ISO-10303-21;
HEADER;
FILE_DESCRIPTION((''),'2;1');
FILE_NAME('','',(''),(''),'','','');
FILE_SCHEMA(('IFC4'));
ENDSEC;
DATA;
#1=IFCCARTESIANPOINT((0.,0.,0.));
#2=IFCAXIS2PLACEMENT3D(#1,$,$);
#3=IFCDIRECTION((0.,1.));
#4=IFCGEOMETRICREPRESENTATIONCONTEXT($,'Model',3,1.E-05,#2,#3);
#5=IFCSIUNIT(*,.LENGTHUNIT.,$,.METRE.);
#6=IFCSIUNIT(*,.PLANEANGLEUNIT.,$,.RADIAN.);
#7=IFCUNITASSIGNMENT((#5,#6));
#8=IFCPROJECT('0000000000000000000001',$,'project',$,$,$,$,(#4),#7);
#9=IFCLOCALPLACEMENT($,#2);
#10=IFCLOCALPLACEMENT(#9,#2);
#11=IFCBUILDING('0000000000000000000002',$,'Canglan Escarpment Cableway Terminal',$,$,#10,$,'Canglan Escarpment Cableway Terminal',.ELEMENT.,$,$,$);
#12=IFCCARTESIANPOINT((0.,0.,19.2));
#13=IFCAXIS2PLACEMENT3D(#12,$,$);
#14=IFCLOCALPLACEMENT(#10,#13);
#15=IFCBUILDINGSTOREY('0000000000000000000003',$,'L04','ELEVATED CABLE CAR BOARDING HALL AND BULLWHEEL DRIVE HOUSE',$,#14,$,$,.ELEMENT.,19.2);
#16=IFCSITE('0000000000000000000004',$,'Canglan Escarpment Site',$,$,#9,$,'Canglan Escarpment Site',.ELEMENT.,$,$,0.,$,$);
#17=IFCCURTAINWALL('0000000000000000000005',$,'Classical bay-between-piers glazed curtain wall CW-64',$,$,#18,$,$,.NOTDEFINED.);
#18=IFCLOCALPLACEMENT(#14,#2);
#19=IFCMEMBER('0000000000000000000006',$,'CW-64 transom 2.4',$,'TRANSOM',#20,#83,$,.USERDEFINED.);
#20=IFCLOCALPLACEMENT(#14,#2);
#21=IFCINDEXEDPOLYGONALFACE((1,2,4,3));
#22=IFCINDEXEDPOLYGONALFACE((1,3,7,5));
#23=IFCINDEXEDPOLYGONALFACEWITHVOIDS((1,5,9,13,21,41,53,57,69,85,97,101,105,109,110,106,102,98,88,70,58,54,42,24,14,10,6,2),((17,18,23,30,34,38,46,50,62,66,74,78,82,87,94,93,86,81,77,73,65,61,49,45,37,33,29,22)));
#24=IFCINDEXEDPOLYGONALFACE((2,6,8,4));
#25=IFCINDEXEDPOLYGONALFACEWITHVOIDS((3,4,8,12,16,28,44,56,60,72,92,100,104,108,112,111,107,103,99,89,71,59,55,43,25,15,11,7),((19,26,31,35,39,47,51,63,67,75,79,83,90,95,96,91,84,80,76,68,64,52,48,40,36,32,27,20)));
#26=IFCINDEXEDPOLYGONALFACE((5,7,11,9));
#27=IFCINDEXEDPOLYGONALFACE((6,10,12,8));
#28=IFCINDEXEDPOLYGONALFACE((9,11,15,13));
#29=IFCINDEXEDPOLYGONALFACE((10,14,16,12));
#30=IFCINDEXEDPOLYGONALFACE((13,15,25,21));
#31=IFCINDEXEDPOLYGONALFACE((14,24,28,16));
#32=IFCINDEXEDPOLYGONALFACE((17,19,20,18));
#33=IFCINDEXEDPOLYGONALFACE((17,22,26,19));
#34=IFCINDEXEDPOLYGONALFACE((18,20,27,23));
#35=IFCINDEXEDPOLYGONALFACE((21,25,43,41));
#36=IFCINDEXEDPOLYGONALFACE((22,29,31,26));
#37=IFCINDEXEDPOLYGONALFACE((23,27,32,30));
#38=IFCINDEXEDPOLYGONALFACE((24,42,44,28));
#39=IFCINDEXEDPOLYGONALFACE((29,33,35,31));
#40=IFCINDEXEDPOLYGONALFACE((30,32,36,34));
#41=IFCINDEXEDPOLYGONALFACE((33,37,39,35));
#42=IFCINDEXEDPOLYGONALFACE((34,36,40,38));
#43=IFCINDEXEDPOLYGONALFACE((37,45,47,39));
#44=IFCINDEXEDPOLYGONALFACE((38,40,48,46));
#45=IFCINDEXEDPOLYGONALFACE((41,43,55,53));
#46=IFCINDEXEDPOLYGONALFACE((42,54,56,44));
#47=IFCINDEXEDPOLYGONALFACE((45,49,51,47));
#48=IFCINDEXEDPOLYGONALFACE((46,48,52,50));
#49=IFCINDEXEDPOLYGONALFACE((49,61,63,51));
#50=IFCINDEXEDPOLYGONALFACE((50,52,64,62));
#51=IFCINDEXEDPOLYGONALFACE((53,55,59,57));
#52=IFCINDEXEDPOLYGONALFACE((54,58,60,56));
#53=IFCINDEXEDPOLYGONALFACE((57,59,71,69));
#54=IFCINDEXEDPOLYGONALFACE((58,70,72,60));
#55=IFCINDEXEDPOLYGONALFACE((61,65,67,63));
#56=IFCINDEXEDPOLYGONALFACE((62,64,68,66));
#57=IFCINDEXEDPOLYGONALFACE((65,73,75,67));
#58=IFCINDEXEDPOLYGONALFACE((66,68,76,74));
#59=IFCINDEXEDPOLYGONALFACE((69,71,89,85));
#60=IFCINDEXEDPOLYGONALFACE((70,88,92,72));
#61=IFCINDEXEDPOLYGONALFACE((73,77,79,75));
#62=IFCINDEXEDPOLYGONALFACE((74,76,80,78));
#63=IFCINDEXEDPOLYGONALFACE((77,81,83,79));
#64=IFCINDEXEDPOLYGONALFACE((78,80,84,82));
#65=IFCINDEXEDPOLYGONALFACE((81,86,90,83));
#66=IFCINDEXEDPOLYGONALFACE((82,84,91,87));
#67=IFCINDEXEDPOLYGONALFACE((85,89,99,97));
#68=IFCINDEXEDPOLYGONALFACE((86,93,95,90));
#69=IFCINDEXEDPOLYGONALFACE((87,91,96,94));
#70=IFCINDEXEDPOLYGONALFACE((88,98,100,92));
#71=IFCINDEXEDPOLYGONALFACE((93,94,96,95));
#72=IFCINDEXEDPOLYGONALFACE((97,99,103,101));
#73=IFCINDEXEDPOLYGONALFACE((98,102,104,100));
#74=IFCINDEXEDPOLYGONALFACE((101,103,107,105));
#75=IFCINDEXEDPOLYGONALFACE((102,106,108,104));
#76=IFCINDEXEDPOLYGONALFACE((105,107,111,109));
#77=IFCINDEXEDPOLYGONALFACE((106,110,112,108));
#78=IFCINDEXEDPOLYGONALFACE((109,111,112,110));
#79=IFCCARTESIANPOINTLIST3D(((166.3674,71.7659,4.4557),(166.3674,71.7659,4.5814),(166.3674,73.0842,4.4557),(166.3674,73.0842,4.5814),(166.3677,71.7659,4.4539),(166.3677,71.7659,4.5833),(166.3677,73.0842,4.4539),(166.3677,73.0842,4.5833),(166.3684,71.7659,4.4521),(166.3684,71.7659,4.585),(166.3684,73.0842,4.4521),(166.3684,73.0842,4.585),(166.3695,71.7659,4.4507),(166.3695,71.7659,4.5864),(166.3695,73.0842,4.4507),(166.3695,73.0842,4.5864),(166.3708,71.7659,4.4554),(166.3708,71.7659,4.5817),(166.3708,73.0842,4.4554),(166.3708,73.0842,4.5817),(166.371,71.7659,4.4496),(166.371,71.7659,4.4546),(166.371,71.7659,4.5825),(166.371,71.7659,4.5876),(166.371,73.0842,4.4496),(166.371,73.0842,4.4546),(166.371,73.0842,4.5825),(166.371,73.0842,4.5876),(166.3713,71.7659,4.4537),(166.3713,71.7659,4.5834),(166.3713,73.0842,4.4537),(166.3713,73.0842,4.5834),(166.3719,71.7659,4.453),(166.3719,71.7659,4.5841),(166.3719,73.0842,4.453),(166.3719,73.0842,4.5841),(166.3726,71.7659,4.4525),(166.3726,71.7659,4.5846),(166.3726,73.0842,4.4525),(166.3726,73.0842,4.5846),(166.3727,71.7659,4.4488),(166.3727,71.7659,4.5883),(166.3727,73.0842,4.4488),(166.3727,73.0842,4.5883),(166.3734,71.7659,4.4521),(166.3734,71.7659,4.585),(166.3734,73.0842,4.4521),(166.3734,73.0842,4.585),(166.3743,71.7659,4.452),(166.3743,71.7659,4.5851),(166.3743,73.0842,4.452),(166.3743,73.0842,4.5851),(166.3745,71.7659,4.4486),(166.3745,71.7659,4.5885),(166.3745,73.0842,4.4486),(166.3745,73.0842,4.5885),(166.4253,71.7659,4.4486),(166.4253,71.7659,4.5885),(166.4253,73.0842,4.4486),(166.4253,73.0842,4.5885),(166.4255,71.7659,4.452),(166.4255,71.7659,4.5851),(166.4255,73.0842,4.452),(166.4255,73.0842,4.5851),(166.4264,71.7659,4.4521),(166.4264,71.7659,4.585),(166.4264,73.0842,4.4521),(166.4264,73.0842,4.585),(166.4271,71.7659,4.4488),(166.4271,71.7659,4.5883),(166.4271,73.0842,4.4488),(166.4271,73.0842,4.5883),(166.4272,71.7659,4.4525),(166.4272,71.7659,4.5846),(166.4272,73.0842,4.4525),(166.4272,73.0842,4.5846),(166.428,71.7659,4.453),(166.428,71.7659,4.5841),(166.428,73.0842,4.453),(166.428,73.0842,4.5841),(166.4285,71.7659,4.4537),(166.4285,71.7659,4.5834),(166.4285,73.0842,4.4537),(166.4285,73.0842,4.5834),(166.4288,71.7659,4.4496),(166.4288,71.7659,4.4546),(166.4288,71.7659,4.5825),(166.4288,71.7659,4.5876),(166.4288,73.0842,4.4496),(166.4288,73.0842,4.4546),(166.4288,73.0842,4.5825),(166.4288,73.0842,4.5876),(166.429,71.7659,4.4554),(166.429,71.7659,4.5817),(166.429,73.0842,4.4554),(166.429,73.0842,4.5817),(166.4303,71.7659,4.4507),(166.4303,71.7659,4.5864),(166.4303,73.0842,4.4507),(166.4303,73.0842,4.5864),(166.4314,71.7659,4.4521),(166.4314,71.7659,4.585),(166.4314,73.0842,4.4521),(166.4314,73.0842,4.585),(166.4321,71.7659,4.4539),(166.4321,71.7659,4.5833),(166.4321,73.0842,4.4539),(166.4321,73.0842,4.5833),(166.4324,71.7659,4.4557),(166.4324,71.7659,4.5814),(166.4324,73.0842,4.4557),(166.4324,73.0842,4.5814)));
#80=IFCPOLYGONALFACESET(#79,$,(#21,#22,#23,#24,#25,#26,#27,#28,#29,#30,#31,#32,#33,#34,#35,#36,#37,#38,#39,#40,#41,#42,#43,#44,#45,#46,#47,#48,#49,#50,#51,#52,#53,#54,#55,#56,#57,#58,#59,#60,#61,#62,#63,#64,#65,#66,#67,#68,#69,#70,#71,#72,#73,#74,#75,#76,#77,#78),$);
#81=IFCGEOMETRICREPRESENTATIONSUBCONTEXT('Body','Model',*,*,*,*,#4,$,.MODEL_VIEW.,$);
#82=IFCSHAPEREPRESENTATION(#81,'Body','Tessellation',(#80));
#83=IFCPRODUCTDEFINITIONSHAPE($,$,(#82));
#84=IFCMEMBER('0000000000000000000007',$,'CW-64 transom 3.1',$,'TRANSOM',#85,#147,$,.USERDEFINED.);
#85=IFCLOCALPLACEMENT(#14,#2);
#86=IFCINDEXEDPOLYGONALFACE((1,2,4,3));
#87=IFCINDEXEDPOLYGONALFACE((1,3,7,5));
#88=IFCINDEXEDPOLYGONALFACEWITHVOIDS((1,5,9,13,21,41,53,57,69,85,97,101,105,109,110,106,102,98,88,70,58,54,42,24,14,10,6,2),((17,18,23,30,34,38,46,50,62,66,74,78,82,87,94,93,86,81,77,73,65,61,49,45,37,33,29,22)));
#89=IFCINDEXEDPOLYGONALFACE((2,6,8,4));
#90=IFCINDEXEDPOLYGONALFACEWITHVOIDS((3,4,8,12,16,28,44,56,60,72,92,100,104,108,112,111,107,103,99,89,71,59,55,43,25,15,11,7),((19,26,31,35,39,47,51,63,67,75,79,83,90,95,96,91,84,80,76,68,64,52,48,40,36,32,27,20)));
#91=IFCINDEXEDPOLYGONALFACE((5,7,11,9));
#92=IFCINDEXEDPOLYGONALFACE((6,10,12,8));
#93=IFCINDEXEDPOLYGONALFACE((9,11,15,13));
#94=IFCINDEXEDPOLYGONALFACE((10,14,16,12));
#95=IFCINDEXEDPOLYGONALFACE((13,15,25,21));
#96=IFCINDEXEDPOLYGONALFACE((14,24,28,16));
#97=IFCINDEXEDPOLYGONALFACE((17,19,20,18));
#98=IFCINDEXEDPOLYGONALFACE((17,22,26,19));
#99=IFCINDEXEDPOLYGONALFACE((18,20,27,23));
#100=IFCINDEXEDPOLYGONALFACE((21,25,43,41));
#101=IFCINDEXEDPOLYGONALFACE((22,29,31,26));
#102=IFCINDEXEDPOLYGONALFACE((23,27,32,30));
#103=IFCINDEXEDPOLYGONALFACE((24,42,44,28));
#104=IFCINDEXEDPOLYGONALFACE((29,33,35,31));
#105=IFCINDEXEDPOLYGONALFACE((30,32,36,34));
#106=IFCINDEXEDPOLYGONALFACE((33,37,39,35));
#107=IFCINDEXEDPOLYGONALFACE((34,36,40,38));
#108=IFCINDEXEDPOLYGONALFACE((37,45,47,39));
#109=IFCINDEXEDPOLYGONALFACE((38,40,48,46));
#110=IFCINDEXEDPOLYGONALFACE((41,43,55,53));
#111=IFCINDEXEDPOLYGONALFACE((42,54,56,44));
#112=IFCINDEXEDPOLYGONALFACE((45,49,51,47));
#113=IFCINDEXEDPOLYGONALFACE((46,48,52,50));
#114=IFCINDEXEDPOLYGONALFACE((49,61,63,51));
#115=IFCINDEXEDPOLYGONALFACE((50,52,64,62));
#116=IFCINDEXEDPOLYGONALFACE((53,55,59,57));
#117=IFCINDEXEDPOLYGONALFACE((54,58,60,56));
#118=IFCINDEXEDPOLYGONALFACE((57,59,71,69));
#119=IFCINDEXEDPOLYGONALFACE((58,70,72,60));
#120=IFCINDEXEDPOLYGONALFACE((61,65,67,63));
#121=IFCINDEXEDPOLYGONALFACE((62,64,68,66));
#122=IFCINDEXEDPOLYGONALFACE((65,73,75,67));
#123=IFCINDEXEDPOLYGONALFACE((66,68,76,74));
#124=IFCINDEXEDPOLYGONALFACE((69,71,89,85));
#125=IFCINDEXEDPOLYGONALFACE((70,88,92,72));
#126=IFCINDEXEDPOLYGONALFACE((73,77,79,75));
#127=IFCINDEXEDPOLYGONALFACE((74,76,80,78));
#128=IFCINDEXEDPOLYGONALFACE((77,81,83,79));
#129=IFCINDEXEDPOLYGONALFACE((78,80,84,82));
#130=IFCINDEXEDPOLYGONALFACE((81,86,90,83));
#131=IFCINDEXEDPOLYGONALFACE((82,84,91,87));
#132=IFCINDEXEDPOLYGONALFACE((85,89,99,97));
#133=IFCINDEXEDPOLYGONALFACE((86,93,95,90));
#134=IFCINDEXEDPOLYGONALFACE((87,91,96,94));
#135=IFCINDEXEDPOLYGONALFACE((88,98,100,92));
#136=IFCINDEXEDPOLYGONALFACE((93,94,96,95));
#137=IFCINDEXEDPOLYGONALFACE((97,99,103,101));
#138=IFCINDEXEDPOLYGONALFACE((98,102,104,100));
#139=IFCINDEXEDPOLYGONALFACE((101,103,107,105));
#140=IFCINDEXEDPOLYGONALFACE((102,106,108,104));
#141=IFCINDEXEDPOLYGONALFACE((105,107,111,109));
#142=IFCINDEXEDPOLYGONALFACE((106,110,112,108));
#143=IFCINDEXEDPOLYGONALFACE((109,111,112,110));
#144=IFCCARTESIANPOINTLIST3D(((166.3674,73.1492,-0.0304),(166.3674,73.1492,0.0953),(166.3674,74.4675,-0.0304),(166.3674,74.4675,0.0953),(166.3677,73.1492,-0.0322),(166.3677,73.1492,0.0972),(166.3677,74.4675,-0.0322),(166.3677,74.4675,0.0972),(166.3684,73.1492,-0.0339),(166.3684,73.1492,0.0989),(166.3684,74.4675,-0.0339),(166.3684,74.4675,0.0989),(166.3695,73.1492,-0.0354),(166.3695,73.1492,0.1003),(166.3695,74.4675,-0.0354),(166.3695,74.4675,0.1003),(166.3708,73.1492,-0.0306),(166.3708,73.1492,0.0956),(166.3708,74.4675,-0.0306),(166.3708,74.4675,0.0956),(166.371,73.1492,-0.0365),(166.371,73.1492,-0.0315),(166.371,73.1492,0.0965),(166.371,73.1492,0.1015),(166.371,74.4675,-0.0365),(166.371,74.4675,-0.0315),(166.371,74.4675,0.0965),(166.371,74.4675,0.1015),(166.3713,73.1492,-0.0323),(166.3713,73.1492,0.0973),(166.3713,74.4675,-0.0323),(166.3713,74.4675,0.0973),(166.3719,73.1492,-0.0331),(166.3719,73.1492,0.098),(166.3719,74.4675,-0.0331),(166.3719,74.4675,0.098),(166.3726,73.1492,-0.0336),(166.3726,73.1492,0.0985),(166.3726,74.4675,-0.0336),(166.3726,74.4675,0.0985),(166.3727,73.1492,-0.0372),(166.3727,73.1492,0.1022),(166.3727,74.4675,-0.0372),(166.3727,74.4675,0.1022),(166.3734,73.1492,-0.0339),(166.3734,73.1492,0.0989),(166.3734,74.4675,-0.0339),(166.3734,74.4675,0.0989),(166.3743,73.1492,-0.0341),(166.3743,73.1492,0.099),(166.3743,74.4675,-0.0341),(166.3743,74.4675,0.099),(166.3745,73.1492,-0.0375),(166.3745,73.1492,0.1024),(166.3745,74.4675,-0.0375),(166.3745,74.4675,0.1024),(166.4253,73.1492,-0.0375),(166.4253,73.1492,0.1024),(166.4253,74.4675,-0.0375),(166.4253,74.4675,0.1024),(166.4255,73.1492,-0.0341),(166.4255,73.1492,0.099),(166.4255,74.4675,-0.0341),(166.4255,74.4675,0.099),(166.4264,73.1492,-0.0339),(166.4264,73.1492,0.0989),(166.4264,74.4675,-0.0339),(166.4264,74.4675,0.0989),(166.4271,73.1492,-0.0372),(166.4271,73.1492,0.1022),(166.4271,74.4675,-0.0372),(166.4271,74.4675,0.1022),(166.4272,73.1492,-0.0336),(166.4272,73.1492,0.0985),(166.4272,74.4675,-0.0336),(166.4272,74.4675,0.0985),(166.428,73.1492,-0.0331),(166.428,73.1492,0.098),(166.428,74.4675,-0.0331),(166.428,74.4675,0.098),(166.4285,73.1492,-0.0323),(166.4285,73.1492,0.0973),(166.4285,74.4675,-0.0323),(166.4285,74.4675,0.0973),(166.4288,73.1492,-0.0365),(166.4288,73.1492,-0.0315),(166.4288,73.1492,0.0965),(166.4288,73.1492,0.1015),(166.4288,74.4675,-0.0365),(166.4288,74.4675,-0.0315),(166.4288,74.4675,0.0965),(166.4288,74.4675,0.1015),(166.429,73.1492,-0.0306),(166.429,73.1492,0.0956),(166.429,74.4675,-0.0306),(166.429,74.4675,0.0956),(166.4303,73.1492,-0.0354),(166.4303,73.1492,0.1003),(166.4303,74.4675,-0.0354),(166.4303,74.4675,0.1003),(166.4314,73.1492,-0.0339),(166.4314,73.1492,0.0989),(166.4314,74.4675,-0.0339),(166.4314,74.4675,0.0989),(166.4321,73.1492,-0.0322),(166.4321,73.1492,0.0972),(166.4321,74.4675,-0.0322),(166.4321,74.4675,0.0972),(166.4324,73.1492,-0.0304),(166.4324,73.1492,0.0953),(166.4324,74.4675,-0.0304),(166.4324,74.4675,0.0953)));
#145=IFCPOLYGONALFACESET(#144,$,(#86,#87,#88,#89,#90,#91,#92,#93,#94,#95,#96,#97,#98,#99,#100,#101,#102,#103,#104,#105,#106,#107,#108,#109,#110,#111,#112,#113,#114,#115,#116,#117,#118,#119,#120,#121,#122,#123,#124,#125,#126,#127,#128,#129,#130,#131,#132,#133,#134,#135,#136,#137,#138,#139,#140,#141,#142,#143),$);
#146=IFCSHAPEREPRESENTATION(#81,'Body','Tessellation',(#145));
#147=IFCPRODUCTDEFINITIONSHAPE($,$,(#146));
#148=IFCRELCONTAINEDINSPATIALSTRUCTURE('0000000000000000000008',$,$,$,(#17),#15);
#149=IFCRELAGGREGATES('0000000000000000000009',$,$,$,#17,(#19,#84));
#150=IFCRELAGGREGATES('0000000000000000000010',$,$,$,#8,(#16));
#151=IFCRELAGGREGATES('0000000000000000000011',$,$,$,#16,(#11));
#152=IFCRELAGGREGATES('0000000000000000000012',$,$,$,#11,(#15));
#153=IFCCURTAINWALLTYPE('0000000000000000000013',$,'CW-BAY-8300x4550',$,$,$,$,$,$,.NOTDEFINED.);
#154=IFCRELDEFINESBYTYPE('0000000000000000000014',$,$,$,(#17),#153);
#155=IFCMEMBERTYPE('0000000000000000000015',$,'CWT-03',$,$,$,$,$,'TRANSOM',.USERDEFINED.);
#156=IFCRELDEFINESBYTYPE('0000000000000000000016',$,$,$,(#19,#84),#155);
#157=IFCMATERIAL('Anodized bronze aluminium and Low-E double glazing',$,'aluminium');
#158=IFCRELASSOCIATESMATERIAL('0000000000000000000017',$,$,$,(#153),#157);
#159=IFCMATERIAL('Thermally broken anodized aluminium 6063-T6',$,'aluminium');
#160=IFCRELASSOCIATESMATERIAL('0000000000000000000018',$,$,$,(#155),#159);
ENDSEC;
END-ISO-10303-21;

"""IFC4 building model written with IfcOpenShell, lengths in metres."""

from ifc_helpers import new_model, si_unit, direction, frame, origin, origin_2d, place, context, subcontext, project, spatial, hollow_rectangle, extrude, material, material_profile, profile_set, type_object, element, aggregate, save


model = new_model("IFC4")

# Units and contexts
model_context = context("Model", 3, precision=1e-05, world=origin(), true_north=direction((0.0, 1.0)))
body_context = subcontext(model_context, "Body", "Model", "MODEL_VIEW")
ifc_project = project(units=[si_unit("LENGTHUNIT", "METRE"), si_unit("PLANEANGLEUNIT", "RADIAN")], contexts=[model_context])

# Site, building, storey
site_placement = place(None, origin())
site = spatial("IfcSite", under=ifc_project, at=site_placement, Name="Canglan Escarpment Site", LongName="Canglan Escarpment Site", CompositionType="ELEMENT", RefElevation=0.0)
building_placement = place(site_placement, origin())
building = spatial("IfcBuilding", under=site, at=building_placement, Name="Canglan Escarpment Cableway Terminal", LongName="Canglan Escarpment Cableway Terminal", CompositionType="ELEMENT")
storey_placement = place(building_placement, frame((0.0, 0.0, 19.2)))
storey = spatial("IfcBuildingStorey", under=building, at=storey_placement, Name="L04", Description="ELEVATED CABLE CAR BOARDING HALL AND BULLWHEEL DRIVE HOUSE", CompositionType="ELEMENT", Elevation=19.2)

# Curtain wall, members
ifc_material_1 = material(Name="Anodized bronze aluminium and Low-E double glazing", Category="aluminium")
curtain_wall_type = type_object("IfcCurtainWallType", Name="CW-BAY-8300x4550", PredefinedType="NOTDEFINED", material=ifc_material_1)
curtain_wall_placement = place(storey_placement, origin())
curtain_wall = element("IfcCurtainWall", 1, at=curtain_wall_placement, inside=storey, type_object=curtain_wall_type, Name="Classical bay-between-piers glazed curtain wall CW-64", PredefinedType="NOTDEFINED")
ifc_material_2 = material(Name="Thermally broken anodized aluminium 6063-T6", Category="aluminium")
ifc_material_profile_1 = material_profile(ifc_material_2, hollow_rectangle(XDim=0.0649, YDim=0.1399, WallThickness=0.0034, InnerFilletRadius=0.0034, OuterFilletRadius=0.0071, at=origin_2d()), Name="ALU-TRAN 65x140x3.5")
ifc_profile_set_1 = profile_set([ifc_material_profile_1], Name="Thermally broken anodized aluminium 6063-T6")
member_type_1 = type_object("IfcMemberType", Name="CWT-03", ElementType="TRANSOM", PredefinedType="USERDEFINED", material=ifc_profile_set_1)
member_1_placement = place(storey_placement, frame((166.3999, 71.7659, 4.5186), z_axis=(0.0, 1.0, 0.0), x_axis=(-1.0, 0.0, 0.0)))
member_1 = element("IfcMember", 2, at=member_1_placement, type_object=member_type_1, Name="CW-64 transom 2.4", ObjectType="TRANSOM", PredefinedType="USERDEFINED", context=body_context, shape_type="SweptSolid", body=[
    extrude(hollow_rectangle(XDim=0.0649, YDim=0.1399, WallThickness=0.0034, InnerFilletRadius=0.0034, OuterFilletRadius=0.0071, at=origin_2d()), origin(), (0.0, 0.0, 1.0), 1.3184),
])
member_2_placement = place(storey_placement, frame((166.3999, 73.1492, 0.0325), z_axis=(0.0, 1.0, 0.0), x_axis=(-1.0, 0.0, 0.0)))
member_2 = element("IfcMember", 3, at=member_2_placement, type_object=member_type_1, Name="CW-64 transom 3.1", ObjectType="TRANSOM", PredefinedType="USERDEFINED", context=body_context, shape_type="SweptSolid", body=[
    extrude(hollow_rectangle(XDim=0.0649, YDim=0.1399, WallThickness=0.0034, InnerFilletRadius=0.0034, OuterFilletRadius=0.0071, at=origin_2d()), origin(), (0.0, 0.0, 1.0), 1.3184),
])
aggregate(curtain_wall, [member_1, member_2])

save(model, "model.ifc")
